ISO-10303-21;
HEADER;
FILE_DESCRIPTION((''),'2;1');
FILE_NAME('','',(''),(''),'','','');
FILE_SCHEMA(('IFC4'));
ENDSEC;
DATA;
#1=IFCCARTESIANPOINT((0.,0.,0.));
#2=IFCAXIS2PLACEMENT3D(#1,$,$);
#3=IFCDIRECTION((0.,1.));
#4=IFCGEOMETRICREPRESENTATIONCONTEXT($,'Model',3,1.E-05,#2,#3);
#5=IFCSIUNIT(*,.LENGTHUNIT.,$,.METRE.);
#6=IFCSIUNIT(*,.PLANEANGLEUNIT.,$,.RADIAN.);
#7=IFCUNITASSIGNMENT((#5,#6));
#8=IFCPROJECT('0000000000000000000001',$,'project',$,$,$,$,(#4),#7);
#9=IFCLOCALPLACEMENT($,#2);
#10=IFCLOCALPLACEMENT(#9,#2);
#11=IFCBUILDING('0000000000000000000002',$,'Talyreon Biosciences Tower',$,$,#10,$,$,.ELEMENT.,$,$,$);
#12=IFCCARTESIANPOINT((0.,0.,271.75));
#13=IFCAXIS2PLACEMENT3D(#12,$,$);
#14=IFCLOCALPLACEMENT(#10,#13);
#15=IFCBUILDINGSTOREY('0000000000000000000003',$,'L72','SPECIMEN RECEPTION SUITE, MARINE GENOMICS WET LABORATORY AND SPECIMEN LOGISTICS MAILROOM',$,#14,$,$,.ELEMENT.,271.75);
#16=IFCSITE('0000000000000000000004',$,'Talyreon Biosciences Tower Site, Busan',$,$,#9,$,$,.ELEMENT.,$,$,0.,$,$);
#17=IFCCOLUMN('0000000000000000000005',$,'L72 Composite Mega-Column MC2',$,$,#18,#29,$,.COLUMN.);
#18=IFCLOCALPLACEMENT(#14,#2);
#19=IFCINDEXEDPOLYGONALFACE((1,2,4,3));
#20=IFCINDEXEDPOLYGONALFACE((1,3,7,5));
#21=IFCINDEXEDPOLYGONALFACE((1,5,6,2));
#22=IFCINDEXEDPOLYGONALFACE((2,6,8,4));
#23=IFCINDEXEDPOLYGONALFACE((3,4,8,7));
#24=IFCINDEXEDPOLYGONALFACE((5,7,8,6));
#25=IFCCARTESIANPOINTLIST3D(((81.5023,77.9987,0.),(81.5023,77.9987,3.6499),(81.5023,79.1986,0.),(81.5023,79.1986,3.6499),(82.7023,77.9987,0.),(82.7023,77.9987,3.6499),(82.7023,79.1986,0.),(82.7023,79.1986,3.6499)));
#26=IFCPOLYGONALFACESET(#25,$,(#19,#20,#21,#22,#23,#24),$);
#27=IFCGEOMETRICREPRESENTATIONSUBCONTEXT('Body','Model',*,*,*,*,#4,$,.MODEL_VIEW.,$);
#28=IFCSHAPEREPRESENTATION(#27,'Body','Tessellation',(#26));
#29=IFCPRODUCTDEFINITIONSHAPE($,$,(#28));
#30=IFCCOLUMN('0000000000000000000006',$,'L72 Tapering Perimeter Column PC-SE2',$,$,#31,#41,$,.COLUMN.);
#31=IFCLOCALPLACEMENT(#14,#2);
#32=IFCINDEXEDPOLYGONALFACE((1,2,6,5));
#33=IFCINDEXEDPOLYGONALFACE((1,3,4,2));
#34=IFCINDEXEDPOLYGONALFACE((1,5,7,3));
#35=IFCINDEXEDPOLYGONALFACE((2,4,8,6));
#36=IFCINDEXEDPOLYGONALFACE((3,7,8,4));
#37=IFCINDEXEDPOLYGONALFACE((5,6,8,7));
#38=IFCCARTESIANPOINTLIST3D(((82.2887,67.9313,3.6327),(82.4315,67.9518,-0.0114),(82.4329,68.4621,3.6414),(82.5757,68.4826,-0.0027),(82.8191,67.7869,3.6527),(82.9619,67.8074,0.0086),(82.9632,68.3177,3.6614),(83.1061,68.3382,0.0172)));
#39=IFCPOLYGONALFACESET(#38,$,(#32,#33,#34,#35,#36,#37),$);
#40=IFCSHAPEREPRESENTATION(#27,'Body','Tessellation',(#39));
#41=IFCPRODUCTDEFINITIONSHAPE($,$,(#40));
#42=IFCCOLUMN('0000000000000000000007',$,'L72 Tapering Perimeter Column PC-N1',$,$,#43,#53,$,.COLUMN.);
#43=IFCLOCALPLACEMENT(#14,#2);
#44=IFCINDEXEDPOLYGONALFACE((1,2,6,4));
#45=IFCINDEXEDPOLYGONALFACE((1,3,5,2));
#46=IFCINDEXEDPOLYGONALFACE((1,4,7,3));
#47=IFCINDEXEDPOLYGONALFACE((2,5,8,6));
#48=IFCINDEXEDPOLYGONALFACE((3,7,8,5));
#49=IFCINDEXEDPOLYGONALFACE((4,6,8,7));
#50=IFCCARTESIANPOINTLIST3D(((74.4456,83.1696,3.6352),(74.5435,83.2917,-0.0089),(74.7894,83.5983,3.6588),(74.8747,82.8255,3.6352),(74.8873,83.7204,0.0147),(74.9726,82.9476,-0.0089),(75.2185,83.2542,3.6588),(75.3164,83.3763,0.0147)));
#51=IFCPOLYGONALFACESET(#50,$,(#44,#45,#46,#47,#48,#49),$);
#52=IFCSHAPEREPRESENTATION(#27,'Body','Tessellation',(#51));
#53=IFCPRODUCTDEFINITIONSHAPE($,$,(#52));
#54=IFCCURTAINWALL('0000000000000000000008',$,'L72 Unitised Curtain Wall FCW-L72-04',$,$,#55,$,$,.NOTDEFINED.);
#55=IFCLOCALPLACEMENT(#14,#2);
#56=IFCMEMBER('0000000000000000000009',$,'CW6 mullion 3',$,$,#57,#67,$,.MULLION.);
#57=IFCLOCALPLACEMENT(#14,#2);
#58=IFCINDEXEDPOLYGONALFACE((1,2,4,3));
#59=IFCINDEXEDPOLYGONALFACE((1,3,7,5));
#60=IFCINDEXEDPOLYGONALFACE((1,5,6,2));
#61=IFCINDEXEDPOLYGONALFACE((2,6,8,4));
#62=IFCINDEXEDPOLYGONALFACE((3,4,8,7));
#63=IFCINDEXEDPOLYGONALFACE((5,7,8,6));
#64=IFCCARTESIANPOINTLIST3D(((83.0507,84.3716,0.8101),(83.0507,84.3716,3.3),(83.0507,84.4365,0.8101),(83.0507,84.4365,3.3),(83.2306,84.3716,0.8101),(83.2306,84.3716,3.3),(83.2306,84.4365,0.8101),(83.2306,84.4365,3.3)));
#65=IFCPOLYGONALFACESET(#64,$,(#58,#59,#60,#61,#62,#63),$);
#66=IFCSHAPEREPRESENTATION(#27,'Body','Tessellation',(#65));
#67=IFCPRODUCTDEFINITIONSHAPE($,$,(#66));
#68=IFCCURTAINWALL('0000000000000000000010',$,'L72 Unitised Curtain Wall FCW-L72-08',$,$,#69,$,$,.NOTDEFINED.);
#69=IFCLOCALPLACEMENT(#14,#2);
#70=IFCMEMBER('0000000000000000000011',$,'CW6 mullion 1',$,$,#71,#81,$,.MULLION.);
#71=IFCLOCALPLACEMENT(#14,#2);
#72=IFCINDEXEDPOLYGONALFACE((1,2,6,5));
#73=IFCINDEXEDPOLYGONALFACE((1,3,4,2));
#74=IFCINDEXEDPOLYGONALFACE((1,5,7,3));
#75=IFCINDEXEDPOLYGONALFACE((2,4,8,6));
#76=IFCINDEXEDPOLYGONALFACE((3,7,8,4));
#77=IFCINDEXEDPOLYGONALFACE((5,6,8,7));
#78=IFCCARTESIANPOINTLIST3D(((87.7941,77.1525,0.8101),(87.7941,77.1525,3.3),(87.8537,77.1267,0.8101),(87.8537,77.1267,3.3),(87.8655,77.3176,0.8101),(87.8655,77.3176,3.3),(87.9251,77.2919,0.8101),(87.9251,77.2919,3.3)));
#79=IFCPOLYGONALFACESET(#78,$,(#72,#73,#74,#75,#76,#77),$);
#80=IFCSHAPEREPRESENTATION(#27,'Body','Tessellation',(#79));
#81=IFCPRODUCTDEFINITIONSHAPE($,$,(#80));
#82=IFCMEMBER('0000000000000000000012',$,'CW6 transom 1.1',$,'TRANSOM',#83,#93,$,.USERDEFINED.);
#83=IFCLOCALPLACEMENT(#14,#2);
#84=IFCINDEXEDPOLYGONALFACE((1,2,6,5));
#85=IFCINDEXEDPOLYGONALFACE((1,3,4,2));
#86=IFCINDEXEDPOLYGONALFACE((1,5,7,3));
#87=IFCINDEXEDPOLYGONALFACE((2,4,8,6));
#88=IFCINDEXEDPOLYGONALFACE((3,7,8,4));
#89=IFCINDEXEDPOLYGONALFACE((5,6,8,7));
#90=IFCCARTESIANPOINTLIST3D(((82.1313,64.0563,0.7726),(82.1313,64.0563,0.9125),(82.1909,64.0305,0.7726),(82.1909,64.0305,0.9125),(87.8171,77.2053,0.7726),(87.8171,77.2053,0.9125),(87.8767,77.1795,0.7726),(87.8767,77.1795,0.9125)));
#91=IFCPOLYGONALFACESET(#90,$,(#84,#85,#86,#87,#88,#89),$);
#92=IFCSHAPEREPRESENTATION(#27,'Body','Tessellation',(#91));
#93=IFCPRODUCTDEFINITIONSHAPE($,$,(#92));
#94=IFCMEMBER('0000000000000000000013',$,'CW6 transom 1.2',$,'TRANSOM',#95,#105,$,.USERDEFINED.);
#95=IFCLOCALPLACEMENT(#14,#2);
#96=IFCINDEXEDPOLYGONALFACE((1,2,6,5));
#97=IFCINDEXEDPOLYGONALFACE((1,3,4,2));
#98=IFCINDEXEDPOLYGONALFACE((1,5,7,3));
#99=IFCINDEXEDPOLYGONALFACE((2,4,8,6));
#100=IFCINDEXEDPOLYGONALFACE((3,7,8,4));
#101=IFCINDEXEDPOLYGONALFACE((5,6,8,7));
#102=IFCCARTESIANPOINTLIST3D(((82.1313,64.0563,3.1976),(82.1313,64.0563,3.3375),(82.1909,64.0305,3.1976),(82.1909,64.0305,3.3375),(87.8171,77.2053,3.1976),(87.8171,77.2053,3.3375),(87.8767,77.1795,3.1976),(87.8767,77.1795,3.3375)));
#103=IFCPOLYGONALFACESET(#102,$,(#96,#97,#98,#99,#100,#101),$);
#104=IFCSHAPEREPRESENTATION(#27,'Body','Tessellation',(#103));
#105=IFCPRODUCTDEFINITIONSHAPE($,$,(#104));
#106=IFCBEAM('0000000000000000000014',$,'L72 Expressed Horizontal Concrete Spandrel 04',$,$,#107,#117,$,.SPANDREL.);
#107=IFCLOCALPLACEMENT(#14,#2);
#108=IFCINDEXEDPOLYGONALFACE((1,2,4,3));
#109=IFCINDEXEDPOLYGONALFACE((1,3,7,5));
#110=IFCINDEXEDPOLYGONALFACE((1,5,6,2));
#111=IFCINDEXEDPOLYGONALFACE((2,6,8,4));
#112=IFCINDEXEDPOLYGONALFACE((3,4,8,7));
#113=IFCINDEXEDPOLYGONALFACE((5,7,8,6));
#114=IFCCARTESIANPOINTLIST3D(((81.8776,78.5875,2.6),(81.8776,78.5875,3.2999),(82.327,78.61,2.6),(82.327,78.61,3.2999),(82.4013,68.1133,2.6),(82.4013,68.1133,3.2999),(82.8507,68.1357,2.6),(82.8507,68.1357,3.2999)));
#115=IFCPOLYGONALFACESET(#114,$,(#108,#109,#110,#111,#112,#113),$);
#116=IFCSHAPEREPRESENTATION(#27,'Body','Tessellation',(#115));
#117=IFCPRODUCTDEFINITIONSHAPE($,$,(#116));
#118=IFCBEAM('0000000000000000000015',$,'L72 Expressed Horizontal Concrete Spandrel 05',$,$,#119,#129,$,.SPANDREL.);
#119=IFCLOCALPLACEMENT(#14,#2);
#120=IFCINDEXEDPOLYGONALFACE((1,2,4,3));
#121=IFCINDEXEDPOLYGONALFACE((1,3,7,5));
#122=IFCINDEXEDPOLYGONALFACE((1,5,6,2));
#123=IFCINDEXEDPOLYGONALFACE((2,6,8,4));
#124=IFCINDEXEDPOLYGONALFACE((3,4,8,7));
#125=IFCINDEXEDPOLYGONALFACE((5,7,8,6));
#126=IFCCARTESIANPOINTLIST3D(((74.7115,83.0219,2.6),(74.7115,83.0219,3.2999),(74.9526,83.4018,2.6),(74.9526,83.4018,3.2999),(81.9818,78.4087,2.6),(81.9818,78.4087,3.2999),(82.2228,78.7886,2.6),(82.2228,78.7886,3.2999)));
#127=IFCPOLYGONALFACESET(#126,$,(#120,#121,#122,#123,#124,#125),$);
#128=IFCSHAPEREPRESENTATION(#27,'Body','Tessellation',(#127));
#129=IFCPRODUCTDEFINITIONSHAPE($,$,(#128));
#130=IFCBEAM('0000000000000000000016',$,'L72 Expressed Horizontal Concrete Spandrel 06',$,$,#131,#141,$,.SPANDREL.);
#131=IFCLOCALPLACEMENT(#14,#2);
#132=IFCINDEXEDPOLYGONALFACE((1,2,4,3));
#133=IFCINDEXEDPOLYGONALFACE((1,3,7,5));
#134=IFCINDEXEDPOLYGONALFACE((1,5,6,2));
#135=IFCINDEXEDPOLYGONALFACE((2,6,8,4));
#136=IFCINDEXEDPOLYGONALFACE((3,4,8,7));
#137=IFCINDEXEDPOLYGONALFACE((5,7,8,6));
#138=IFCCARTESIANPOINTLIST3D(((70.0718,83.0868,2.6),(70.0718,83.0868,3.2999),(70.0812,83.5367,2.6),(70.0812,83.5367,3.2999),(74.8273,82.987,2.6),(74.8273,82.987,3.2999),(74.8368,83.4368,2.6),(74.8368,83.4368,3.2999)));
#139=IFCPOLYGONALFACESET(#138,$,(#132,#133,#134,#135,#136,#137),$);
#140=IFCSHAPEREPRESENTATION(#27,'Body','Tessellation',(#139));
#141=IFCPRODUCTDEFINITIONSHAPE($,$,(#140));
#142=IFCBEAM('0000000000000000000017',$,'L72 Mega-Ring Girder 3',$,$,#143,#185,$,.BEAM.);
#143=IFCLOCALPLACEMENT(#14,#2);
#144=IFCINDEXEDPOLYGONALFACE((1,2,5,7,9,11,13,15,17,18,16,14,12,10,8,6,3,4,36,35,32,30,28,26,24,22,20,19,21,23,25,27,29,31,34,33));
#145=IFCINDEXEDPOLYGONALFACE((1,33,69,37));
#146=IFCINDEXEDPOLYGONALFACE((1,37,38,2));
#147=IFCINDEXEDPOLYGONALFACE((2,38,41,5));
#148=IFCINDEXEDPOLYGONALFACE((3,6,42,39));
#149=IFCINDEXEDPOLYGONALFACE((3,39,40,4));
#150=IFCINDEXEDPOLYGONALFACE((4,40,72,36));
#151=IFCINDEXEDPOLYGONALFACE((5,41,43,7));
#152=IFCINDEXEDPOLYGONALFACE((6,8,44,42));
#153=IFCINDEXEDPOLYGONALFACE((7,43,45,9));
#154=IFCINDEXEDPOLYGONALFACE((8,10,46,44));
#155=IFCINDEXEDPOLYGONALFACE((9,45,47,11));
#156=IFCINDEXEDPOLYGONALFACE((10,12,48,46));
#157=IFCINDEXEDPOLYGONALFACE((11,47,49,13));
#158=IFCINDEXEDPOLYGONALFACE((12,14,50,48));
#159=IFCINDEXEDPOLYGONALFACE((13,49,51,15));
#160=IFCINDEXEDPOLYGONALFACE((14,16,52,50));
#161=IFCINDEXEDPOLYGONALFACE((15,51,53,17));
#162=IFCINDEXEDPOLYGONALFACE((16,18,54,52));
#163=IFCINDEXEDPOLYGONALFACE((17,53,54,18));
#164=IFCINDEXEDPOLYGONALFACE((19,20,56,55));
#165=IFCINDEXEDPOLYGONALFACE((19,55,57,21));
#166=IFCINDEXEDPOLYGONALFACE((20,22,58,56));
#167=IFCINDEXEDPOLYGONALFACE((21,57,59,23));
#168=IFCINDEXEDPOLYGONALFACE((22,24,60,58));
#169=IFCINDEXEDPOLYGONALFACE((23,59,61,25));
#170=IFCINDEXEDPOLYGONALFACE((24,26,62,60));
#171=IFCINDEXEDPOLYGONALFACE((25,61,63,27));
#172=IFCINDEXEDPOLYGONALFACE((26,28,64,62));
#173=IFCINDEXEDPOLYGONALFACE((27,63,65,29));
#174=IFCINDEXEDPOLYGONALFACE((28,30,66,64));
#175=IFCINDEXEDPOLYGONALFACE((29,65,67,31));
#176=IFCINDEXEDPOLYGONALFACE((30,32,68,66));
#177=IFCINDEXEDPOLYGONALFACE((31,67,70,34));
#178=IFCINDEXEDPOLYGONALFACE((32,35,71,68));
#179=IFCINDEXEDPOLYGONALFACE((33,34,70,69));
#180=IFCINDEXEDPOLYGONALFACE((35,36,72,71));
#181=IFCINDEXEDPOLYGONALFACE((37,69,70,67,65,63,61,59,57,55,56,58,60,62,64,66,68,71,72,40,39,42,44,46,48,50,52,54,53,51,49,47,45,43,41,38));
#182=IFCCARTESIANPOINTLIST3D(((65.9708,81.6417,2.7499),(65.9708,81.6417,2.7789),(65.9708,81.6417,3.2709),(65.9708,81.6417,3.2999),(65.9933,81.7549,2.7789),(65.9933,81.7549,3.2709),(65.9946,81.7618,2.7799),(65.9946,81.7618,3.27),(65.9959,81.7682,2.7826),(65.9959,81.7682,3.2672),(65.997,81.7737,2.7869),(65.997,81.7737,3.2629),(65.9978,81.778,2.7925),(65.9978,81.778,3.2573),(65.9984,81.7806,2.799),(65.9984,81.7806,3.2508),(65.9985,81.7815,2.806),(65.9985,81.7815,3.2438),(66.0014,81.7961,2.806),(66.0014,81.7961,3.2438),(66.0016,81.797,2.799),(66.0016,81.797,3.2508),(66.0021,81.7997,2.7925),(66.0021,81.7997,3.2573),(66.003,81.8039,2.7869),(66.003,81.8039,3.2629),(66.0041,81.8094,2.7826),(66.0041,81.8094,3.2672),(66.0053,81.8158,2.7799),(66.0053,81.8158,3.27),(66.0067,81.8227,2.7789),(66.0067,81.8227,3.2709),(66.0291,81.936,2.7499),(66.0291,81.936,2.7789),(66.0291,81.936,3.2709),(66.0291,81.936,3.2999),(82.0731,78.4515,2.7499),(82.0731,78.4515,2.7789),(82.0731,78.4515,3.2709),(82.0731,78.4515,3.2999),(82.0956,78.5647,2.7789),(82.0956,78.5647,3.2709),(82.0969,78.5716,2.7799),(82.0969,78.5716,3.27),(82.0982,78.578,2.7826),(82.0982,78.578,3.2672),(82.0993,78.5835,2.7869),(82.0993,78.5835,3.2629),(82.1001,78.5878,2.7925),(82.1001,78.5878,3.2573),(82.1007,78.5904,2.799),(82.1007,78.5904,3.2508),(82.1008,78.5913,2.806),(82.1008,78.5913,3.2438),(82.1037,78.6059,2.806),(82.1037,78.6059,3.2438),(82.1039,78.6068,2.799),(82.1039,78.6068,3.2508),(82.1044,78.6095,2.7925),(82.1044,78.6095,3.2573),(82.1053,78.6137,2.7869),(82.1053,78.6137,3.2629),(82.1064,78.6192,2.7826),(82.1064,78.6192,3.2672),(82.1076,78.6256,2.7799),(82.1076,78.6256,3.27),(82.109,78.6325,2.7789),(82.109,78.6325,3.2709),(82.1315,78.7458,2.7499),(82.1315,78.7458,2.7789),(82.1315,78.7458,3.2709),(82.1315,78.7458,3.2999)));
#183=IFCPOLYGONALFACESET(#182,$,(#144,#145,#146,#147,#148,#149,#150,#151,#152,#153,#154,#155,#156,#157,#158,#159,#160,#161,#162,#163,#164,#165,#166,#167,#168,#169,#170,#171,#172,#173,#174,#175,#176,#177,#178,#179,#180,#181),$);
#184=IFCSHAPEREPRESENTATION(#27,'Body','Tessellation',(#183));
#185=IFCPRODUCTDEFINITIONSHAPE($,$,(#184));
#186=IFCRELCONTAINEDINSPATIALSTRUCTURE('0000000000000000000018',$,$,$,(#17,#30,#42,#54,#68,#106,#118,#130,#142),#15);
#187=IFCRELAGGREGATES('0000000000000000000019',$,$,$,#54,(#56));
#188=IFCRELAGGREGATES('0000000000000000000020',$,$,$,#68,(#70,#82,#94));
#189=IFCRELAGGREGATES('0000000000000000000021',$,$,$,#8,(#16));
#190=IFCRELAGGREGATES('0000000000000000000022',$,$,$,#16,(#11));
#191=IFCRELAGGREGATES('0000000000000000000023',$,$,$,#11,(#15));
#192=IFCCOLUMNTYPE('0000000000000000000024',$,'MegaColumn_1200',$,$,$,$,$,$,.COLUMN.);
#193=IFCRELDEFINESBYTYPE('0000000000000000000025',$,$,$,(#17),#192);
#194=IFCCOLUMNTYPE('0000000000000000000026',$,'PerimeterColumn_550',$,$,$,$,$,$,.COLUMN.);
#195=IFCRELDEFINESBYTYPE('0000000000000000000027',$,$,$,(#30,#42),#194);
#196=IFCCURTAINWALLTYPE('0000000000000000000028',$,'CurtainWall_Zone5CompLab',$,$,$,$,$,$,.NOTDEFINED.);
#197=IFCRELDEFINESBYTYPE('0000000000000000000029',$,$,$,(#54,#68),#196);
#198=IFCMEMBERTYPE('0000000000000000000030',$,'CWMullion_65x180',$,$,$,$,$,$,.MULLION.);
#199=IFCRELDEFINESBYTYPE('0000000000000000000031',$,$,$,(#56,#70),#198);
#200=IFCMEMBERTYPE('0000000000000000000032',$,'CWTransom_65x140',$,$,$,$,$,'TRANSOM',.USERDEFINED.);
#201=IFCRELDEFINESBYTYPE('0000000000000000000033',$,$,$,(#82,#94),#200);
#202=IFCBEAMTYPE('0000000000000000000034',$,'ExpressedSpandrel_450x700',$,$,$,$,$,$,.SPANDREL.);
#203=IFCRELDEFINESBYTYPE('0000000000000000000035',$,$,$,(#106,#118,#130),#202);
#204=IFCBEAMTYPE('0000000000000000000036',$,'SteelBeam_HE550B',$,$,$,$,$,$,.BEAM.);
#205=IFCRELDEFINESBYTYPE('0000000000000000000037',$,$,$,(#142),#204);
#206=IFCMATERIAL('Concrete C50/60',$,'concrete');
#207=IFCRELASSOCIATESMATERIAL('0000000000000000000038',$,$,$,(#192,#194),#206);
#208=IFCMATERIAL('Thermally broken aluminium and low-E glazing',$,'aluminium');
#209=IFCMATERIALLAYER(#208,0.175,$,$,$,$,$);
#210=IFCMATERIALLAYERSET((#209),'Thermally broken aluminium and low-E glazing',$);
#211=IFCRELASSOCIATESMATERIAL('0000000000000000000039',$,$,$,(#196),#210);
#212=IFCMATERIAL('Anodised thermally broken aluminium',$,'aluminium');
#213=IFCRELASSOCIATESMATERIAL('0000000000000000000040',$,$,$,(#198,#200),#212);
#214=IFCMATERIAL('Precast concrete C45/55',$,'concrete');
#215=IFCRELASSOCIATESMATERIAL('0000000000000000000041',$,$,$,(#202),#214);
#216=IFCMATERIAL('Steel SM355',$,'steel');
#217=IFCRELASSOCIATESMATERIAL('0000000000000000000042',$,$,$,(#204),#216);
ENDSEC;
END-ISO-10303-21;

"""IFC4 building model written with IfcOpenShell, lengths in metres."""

from ifc_helpers import new_model, si_unit, direction, frame, origin, origin_2d, place, context, subcontext, project, spatial, rectangle, i_section, extrude, material, layer, layer_set, material_profile, profile_set, type_object, element, aggregate, save


model = new_model("IFC4")

# Units and contexts
model_context = context("Model", 3, precision=1e-05, world=origin(), true_north=direction((0.0, 1.0)))
body_context = subcontext(model_context, "Body", "Model", "MODEL_VIEW")
ifc_project = project(units=[si_unit("LENGTHUNIT", "METRE"), si_unit("PLANEANGLEUNIT", "RADIAN")], contexts=[model_context])

# Site, building, storey
site_placement = place(None, origin())
site = spatial("IfcSite", under=ifc_project, at=site_placement, Name="Talyreon Biosciences Tower Site, Busan", CompositionType="ELEMENT", RefElevation=0.0)
building_placement = place(site_placement, origin())
building = spatial("IfcBuilding", under=site, at=building_placement, Name="Talyreon Biosciences Tower", CompositionType="ELEMENT")
storey_placement = place(building_placement, frame((0.0, 0.0, 271.75)))
storey = spatial("IfcBuildingStorey", under=building, at=storey_placement, Name="L72", Description="SPECIMEN RECEPTION SUITE, MARINE GENOMICS WET LABORATORY AND SPECIMEN LOGISTICS MAILROOM", CompositionType="ELEMENT", Elevation=271.75)

# Columns
ifc_material_1 = material(Name="Concrete C50/60", Category="concrete")
ifc_material_profile_1 = material_profile(ifc_material_1, rectangle(XDim=1.2, YDim=1.2, at=origin_2d()), Name="RC 1200x1200")
ifc_profile_set_1 = profile_set([ifc_material_profile_1], Name="Concrete C50/60")
column_type_1 = type_object("IfcColumnType", Name="MegaColumn_1200", PredefinedType="COLUMN", material=ifc_profile_set_1)
column_1_placement = place(storey_placement, frame((82.1023, 78.5986, 0.0), z_axis=(0.0, 0.0, 1.0), x_axis=(1.0, 0.0, 0.0)))
element("IfcColumn", 1, at=column_1_placement, inside=storey, type_object=column_type_1, Name="L72 Composite Mega-Column MC2", PredefinedType="COLUMN", context=body_context, shape_type="SweptSolid", body=[
    extrude(rectangle(XDim=1.2, YDim=1.2, at=origin_2d()), origin(), (0.0, 0.0, 1.0), 3.6499),
])
ifc_material_profile_2 = material_profile(ifc_material_1, rectangle(XDim=0.55, YDim=0.55, at=origin_2d()), Name="RC 550x550")
ifc_profile_set_2 = profile_set([ifc_material_profile_2], Name="Concrete C50/60")
column_type_2 = type_object("IfcColumnType", Name="PerimeterColumn_550", PredefinedType="COLUMN", material=ifc_profile_set_2)
column_2_placement = place(storey_placement, frame((82.7688, 68.145, 0.0029), z_axis=(-0.039163, -0.005623, 0.999217), x_axis=(0.964247, -0.262506, 0.036315)))
element("IfcColumn", 2, at=column_2_placement, inside=storey, type_object=column_type_2, Name="L72 Tapering Perimeter Column PC-SE2", PredefinedType="COLUMN", context=body_context, shape_type="SweptSolid", body=[
    extrude(rectangle(XDim=0.55, YDim=0.55, at=origin_2d()), origin(), (0.0, 0.0, 1.0), 3.647),
])
column_3_placement = place(storey_placement, frame((74.9299, 83.334, 0.0029), z_axis=(-0.026841, -0.033468, 0.999079), x_axis=(-0.780107, 0.625646, 0.0)))
element("IfcColumn", 3, at=column_3_placement, inside=storey, type_object=column_type_2, Name="L72 Tapering Perimeter Column PC-N1", PredefinedType="COLUMN", context=body_context, shape_type="SweptSolid", body=[
    extrude(rectangle(XDim=0.55, YDim=0.55, at=origin_2d()), origin(), (0.0, 0.0, 1.0), 3.6475),
])

# Curtain wall, member
ifc_material_2 = material(Name="Thermally broken aluminium and low-E glazing", Category="aluminium")
ifc_layer_1 = layer(ifc_material_2, 0.175)
ifc_layer_set_1 = layer_set([ifc_layer_1], Name="Thermally broken aluminium and low-E glazing")
curtain_wall_type = type_object("IfcCurtainWallType", Name="CurtainWall_Zone5CompLab", PredefinedType="NOTDEFINED", material=ifc_layer_set_1)
curtain_wall_1_placement = place(storey_placement, origin())
curtain_wall_1 = element("IfcCurtainWall", 4, at=curtain_wall_1_placement, inside=storey, type_object=curtain_wall_type, Name="L72 Unitised Curtain Wall FCW-L72-04", PredefinedType="NOTDEFINED")
ifc_material_3 = material(Name="Anodised thermally broken aluminium", Category="aluminium")
ifc_material_profile_3 = material_profile(ifc_material_3, rectangle(XDim=0.0649, YDim=0.1799, at=origin_2d()), Name="ALUM MULLION 65x180")
ifc_profile_set_3 = profile_set([ifc_material_profile_3], Name="Anodised thermally broken aluminium")
member_type_1 = type_object("IfcMemberType", Name="CWMullion_65x180", PredefinedType="MULLION", material=ifc_profile_set_3)
member_1_placement = place(storey_placement, frame((83.1406, 84.4041, 0.8101), z_axis=(0.0, 0.0, 1.0), x_axis=(0.0, 1.0, 0.0)))
member_1 = element("IfcMember", 5, at=member_1_placement, type_object=member_type_1, Name="CW6 mullion 3", PredefinedType="MULLION", context=body_context, shape_type="SweptSolid", body=[
    extrude(rectangle(XDim=0.0649, YDim=0.1799, at=origin_2d()), origin(), (0.0, 0.0, 1.0), 2.49),
])

# Curtain wall, members
curtain_wall_2_placement = place(storey_placement, origin())
curtain_wall_2 = element("IfcCurtainWall", 6, at=curtain_wall_2_placement, inside=storey, type_object=curtain_wall_type, Name="L72 Unitised Curtain Wall FCW-L72-08", PredefinedType="NOTDEFINED")
member_2_placement = place(storey_placement, frame((87.8596, 77.2222, 0.8101), z_axis=(0.0, 0.0, 1.0), x_axis=(0.917868, -0.396887, 0.0)))
member_2 = element("IfcMember", 7, at=member_2_placement, type_object=member_type_1, Name="CW6 mullion 1", PredefinedType="MULLION", context=body_context, shape_type="SweptSolid", body=[
    extrude(rectangle(XDim=0.0649, YDim=0.1799, at=origin_2d()), origin(), (0.0, 0.0, 1.0), 2.49),
])
ifc_material_profile_4 = material_profile(ifc_material_3, rectangle(XDim=0.0649, YDim=0.1399, at=origin_2d()), Name="ALUM TRANSOM 65x140")
ifc_profile_set_4 = profile_set([ifc_material_profile_4], Name="Anodised thermally broken aluminium")
member_type_2 = type_object("IfcMemberType", Name="CWTransom_65x140", ElementType="TRANSOM", PredefinedType="USERDEFINED", material=ifc_profile_set_4)
member_3_placement = place(storey_placement, frame((87.8469, 77.1924, 0.8425), z_axis=(-0.396898, -0.917863, 0.0), x_axis=(0.917863, -0.396898, 0.0)))
member_3 = element("IfcMember", 8, at=member_3_placement, type_object=member_type_2, Name="CW6 transom 1.1", ObjectType="TRANSOM", PredefinedType="USERDEFINED", context=body_context, shape_type="SweptSolid", body=[
    extrude(rectangle(XDim=0.0649, YDim=0.1399, at=origin_2d()), origin(), (0.0, 0.0, 1.0), 14.3257),
])
member_4_placement = place(storey_placement, frame((87.8469, 77.1924, 3.2676), z_axis=(-0.396898, -0.917863, 0.0), x_axis=(0.917863, -0.396898, 0.0)))
member_4 = element("IfcMember", 9, at=member_4_placement, type_object=member_type_2, Name="CW6 transom 1.2", ObjectType="TRANSOM", PredefinedType="USERDEFINED", context=body_context, shape_type="SweptSolid", body=[
    extrude(rectangle(XDim=0.0649, YDim=0.1399, at=origin_2d()), origin(), (0.0, 0.0, 1.0), 14.3257),
])

# Beams
ifc_material_4 = material(Name="Precast concrete C45/55", Category="concrete")
ifc_material_profile_5 = material_profile(ifc_material_4, rectangle(XDim=0.45, YDim=0.7, at=origin_2d()), Name="RCB 450x700")
ifc_profile_set_5 = profile_set([ifc_material_profile_5], Name="Precast concrete C45/55")
beam_type_1 = type_object("IfcBeamType", Name="ExpressedSpandrel_450x700", PredefinedType="SPANDREL", material=ifc_profile_set_5)
beam_1_placement = place(storey_placement, frame((82.626, 68.1245, 2.95), z_axis=(-0.049935, 0.998752, 0.0), x_axis=(-0.998752, -0.049935, 0.0)))
element("IfcBeam", 10, at=beam_1_placement, inside=storey, type_object=beam_type_1, Name="L72 Expressed Horizontal Concrete Spandrel 04", PredefinedType="SPANDREL", context=body_context, shape_type="SweptSolid", body=[
    extrude(rectangle(XDim=0.45, YDim=0.7, at=origin_2d()), origin(), (0.0, 0.0, 1.0), 10.4873),
])
beam_2_placement = place(storey_placement, frame((82.1023, 78.5986, 2.95), z_axis=(-0.844358, 0.53578, 0.0), x_axis=(-0.53578, -0.844358, 0.0)))
element("IfcBeam", 11, at=beam_2_placement, inside=storey, type_object=beam_type_1, Name="L72 Expressed Horizontal Concrete Spandrel 05", PredefinedType="SPANDREL", context=body_context, shape_type="SweptSolid", body=[
    extrude(rectangle(XDim=0.45, YDim=0.7, at=origin_2d()), origin(), (0.0, 0.0, 1.0), 8.6104),
])
beam_3_placement = place(storey_placement, frame((74.832, 83.2119, 2.95), z_axis=(-0.99978, 0.020992, 0.0), x_axis=(-0.020992, -0.99978, 0.0)))
element("IfcBeam", 12, at=beam_3_placement, inside=storey, type_object=beam_type_1, Name="L72 Expressed Horizontal Concrete Spandrel 06", PredefinedType="SPANDREL", context=body_context, shape_type="SweptSolid", body=[
    extrude(rectangle(XDim=0.45, YDim=0.7, at=origin_2d()), origin(), (0.0, 0.0, 1.0), 4.7566),
])
ifc_material_5 = material(Name="Steel SM355", Category="steel")
ifc_material_profile_6 = material_profile(ifc_material_5, i_section(OverallWidth=0.3, OverallDepth=0.55, WebThickness=0.0149, FlangeThickness=0.0291, FilletRadius=0.0271, at=origin_2d()), Name="HE550B")
ifc_profile_set_6 = profile_set([ifc_material_profile_6], Name="Steel SM355")
beam_type_2 = type_object("IfcBeamType", Name="SteelBeam_HE550B", PredefinedType="BEAM", material=ifc_profile_set_6)
beam_4_placement = place(storey_placement, frame((82.1023, 78.5986, 3.0249), z_axis=(-0.980934, 0.194343, 0.0), x_axis=(-0.194343, -0.980934, 0.0)))
element("IfcBeam", 13, at=beam_4_placement, inside=storey, type_object=beam_type_2, Name="L72 Mega-Ring Girder 3", PredefinedType="BEAM", context=body_context, shape_type="SweptSolid", body=[
    extrude(i_section(OverallWidth=0.3, OverallDepth=0.55, WebThickness=0.0149, FlangeThickness=0.0291, FilletRadius=0.0271, at=origin_2d()), origin(), (0.0, 0.0, 1.0), 16.4153),
])

aggregate(curtain_wall_1, [member_1])
aggregate(curtain_wall_2, [member_2, member_3, member_4])

save(model, "model.ifc")
